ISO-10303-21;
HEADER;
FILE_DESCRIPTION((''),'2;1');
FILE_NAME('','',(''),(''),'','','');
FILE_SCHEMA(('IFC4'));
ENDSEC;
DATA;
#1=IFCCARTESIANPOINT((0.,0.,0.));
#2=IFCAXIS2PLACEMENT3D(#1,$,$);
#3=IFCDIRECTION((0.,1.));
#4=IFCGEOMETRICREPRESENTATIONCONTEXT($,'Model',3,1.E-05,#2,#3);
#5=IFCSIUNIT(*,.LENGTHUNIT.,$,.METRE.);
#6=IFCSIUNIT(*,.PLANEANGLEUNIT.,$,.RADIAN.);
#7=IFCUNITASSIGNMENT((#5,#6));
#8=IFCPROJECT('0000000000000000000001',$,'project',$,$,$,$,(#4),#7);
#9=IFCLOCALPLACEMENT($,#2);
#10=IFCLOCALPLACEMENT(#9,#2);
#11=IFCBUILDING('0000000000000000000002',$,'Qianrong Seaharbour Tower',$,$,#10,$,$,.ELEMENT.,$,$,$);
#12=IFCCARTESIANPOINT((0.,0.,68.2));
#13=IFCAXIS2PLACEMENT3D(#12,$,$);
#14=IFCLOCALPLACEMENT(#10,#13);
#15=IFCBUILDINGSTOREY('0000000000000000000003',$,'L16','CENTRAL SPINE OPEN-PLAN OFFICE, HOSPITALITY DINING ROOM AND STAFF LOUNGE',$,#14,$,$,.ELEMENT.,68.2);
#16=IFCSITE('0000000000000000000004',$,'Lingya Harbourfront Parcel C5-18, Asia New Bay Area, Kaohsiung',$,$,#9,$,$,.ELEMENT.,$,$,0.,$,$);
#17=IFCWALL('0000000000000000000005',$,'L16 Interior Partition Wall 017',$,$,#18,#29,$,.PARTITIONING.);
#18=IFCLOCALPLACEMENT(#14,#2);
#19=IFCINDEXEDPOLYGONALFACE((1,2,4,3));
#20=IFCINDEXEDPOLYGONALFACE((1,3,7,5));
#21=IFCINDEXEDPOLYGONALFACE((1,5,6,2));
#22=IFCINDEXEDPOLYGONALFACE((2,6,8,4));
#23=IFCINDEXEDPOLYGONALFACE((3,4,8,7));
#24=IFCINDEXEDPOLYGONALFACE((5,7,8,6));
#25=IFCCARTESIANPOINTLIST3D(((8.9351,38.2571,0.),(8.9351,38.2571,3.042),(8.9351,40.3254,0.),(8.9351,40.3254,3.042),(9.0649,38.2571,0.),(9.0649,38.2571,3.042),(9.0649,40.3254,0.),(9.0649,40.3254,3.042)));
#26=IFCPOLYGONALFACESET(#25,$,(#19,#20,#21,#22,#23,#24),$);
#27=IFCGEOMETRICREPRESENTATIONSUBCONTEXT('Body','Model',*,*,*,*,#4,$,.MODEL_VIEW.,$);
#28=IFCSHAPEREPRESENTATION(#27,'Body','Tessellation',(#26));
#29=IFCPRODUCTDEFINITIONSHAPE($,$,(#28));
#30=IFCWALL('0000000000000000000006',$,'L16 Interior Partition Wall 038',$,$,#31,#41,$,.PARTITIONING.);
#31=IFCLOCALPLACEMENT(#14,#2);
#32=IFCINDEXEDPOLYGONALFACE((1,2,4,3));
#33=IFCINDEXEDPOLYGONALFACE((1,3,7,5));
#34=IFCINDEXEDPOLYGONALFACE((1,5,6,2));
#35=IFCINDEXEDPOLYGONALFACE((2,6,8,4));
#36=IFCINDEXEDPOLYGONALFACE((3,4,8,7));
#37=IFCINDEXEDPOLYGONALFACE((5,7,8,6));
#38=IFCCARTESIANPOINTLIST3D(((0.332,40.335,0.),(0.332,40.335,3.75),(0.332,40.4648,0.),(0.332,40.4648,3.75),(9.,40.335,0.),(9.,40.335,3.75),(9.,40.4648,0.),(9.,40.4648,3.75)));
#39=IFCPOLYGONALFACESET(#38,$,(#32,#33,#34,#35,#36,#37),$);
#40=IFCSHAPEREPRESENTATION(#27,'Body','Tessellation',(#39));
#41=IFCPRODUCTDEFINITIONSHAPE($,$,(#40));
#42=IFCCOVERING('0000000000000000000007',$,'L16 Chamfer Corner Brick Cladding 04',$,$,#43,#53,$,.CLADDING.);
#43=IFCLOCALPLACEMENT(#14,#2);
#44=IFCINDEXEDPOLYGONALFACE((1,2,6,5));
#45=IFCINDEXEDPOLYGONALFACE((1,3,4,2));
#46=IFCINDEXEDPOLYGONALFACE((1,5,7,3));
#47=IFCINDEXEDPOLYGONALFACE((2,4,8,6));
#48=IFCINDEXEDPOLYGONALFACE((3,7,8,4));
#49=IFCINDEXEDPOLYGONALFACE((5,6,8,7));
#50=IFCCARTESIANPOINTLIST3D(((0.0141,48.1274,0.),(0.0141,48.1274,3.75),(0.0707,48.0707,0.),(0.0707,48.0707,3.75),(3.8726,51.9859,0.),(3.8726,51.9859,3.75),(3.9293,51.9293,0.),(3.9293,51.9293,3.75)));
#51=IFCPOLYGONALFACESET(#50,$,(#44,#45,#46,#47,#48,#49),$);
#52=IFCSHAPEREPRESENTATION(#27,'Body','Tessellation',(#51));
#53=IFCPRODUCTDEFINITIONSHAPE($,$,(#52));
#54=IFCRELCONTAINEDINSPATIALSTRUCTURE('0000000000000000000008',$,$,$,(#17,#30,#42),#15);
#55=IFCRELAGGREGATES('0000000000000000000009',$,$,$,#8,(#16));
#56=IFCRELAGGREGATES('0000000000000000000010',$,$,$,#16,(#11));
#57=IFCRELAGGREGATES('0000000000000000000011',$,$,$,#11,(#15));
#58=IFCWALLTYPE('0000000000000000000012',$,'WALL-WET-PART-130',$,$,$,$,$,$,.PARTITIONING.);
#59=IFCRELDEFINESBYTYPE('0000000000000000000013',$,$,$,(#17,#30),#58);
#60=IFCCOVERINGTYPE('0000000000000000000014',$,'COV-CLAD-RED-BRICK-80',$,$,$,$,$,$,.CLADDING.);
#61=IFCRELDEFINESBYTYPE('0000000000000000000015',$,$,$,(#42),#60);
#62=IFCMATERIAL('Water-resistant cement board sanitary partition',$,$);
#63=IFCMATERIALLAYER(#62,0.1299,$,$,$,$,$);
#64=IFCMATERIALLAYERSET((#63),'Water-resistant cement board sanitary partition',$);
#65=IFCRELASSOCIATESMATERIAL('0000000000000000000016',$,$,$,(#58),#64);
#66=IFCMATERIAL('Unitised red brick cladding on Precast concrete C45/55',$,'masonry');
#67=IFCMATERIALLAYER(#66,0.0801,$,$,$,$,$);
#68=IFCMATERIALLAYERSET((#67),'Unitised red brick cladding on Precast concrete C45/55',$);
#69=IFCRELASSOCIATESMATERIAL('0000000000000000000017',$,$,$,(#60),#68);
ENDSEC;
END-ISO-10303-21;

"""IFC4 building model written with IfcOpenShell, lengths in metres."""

from ifc_helpers import new_model, si_unit, direction, frame, frame_2d, origin, origin_2d, place, context, subcontext, project, spatial, rectangle, extrude, material, layer, layer_set, type_object, element, save


model = new_model("IFC4")

# Units and contexts
model_context = context("Model", 3, precision=1e-05, world=origin(), true_north=direction((0.0, 1.0)))
body_context = subcontext(model_context, "Body", "Model", "MODEL_VIEW")
ifc_project = project(units=[si_unit("LENGTHUNIT", "METRE"), si_unit("PLANEANGLEUNIT", "RADIAN")], contexts=[model_context])

# Site, building, storey
site_placement = place(None, origin())
site = spatial("IfcSite", under=ifc_project, at=site_placement, Name="Lingya Harbourfront Parcel C5-18, Asia New Bay Area, Kaohsiung", CompositionType="ELEMENT", RefElevation=0.0)
building_placement = place(site_placement, origin())
building = spatial("IfcBuilding", under=site, at=building_placement, Name="Qianrong Seaharbour Tower", CompositionType="ELEMENT")
storey_placement = place(building_placement, frame((0.0, 0.0, 68.2)))
storey = spatial("IfcBuildingStorey", under=building, at=storey_placement, Name="L16", Description="CENTRAL SPINE OPEN-PLAN OFFICE, HOSPITALITY DINING ROOM AND STAFF LOUNGE", CompositionType="ELEMENT", Elevation=68.2)

# Walls
ifc_material_1 = material(Name="Water-resistant cement board sanitary partition")
ifc_layer_1 = layer(ifc_material_1, 0.1299)
ifc_layer_set_1 = layer_set([ifc_layer_1], Name="Water-resistant cement board sanitary partition")
wall_type_1 = type_object("IfcWallType", Name="WALL-WET-PART-130", PredefinedType="PARTITIONING", material=ifc_layer_set_1)
wall_1_placement = place(storey_placement, frame((9.0, 38.2571, 0.0), z_axis=(0.0, 0.0, 1.0), x_axis=(0.0, 1.0, 0.0)))
element("IfcWall", 1, at=wall_1_placement, inside=storey, type_object=wall_type_1, Name="L16 Interior Partition Wall 017", PredefinedType="PARTITIONING", context=body_context, shape_type="SweptSolid", body=[
    extrude(rectangle(XDim=2.0684, YDim=0.1299, at=frame_2d((1.0342, 0.0))), origin(), (0.0, 0.0, 1.0), 3.042),
])
wall_2_placement = place(storey_placement, frame((0.332, 40.3999, 0.0), z_axis=(0.0, 0.0, 1.0), x_axis=(1.0, 0.0, 0.0)))
element("IfcWall", 2, at=wall_2_placement, inside=storey, type_object=wall_type_1, Name="L16 Interior Partition Wall 038", PredefinedType="PARTITIONING", context=body_context, shape_type="SweptSolid", body=[
    extrude(rectangle(XDim=8.668, YDim=0.1299, at=frame_2d((4.334, 0.0))), origin(), (0.0, 0.0, 1.0), 3.75),
])

# Covering
ifc_material_2 = material(Name="Unitised red brick cladding on Precast concrete C45/55", Category="masonry")
ifc_layer_2 = layer(ifc_material_2, 0.0801)
ifc_layer_set_2 = layer_set([ifc_layer_2], Name="Unitised red brick cladding on Precast concrete C45/55")
covering_type = type_object("IfcCoveringType", Name="COV-CLAD-RED-BRICK-80", PredefinedType="CLADDING", material=ifc_layer_set_2)
covering_placement = place(storey_placement, frame((1.9717, 50.0283, 0.0), z_axis=(0.0, 0.0, 1.0), x_axis=(0.707107, 0.707107, 0.0)))
element("IfcCovering", 3, at=covering_placement, inside=storey, type_object=covering_type, Name="L16 Chamfer Corner Brick Cladding 04", PredefinedType="CLADDING", context=body_context, shape_type="SweptSolid", body=[
    extrude(rectangle(XDim=5.4568, YDim=0.0801, at=origin_2d()), origin(), (0.0, 0.0, 1.0), 3.75),
])

save(model, "model.ifc")
